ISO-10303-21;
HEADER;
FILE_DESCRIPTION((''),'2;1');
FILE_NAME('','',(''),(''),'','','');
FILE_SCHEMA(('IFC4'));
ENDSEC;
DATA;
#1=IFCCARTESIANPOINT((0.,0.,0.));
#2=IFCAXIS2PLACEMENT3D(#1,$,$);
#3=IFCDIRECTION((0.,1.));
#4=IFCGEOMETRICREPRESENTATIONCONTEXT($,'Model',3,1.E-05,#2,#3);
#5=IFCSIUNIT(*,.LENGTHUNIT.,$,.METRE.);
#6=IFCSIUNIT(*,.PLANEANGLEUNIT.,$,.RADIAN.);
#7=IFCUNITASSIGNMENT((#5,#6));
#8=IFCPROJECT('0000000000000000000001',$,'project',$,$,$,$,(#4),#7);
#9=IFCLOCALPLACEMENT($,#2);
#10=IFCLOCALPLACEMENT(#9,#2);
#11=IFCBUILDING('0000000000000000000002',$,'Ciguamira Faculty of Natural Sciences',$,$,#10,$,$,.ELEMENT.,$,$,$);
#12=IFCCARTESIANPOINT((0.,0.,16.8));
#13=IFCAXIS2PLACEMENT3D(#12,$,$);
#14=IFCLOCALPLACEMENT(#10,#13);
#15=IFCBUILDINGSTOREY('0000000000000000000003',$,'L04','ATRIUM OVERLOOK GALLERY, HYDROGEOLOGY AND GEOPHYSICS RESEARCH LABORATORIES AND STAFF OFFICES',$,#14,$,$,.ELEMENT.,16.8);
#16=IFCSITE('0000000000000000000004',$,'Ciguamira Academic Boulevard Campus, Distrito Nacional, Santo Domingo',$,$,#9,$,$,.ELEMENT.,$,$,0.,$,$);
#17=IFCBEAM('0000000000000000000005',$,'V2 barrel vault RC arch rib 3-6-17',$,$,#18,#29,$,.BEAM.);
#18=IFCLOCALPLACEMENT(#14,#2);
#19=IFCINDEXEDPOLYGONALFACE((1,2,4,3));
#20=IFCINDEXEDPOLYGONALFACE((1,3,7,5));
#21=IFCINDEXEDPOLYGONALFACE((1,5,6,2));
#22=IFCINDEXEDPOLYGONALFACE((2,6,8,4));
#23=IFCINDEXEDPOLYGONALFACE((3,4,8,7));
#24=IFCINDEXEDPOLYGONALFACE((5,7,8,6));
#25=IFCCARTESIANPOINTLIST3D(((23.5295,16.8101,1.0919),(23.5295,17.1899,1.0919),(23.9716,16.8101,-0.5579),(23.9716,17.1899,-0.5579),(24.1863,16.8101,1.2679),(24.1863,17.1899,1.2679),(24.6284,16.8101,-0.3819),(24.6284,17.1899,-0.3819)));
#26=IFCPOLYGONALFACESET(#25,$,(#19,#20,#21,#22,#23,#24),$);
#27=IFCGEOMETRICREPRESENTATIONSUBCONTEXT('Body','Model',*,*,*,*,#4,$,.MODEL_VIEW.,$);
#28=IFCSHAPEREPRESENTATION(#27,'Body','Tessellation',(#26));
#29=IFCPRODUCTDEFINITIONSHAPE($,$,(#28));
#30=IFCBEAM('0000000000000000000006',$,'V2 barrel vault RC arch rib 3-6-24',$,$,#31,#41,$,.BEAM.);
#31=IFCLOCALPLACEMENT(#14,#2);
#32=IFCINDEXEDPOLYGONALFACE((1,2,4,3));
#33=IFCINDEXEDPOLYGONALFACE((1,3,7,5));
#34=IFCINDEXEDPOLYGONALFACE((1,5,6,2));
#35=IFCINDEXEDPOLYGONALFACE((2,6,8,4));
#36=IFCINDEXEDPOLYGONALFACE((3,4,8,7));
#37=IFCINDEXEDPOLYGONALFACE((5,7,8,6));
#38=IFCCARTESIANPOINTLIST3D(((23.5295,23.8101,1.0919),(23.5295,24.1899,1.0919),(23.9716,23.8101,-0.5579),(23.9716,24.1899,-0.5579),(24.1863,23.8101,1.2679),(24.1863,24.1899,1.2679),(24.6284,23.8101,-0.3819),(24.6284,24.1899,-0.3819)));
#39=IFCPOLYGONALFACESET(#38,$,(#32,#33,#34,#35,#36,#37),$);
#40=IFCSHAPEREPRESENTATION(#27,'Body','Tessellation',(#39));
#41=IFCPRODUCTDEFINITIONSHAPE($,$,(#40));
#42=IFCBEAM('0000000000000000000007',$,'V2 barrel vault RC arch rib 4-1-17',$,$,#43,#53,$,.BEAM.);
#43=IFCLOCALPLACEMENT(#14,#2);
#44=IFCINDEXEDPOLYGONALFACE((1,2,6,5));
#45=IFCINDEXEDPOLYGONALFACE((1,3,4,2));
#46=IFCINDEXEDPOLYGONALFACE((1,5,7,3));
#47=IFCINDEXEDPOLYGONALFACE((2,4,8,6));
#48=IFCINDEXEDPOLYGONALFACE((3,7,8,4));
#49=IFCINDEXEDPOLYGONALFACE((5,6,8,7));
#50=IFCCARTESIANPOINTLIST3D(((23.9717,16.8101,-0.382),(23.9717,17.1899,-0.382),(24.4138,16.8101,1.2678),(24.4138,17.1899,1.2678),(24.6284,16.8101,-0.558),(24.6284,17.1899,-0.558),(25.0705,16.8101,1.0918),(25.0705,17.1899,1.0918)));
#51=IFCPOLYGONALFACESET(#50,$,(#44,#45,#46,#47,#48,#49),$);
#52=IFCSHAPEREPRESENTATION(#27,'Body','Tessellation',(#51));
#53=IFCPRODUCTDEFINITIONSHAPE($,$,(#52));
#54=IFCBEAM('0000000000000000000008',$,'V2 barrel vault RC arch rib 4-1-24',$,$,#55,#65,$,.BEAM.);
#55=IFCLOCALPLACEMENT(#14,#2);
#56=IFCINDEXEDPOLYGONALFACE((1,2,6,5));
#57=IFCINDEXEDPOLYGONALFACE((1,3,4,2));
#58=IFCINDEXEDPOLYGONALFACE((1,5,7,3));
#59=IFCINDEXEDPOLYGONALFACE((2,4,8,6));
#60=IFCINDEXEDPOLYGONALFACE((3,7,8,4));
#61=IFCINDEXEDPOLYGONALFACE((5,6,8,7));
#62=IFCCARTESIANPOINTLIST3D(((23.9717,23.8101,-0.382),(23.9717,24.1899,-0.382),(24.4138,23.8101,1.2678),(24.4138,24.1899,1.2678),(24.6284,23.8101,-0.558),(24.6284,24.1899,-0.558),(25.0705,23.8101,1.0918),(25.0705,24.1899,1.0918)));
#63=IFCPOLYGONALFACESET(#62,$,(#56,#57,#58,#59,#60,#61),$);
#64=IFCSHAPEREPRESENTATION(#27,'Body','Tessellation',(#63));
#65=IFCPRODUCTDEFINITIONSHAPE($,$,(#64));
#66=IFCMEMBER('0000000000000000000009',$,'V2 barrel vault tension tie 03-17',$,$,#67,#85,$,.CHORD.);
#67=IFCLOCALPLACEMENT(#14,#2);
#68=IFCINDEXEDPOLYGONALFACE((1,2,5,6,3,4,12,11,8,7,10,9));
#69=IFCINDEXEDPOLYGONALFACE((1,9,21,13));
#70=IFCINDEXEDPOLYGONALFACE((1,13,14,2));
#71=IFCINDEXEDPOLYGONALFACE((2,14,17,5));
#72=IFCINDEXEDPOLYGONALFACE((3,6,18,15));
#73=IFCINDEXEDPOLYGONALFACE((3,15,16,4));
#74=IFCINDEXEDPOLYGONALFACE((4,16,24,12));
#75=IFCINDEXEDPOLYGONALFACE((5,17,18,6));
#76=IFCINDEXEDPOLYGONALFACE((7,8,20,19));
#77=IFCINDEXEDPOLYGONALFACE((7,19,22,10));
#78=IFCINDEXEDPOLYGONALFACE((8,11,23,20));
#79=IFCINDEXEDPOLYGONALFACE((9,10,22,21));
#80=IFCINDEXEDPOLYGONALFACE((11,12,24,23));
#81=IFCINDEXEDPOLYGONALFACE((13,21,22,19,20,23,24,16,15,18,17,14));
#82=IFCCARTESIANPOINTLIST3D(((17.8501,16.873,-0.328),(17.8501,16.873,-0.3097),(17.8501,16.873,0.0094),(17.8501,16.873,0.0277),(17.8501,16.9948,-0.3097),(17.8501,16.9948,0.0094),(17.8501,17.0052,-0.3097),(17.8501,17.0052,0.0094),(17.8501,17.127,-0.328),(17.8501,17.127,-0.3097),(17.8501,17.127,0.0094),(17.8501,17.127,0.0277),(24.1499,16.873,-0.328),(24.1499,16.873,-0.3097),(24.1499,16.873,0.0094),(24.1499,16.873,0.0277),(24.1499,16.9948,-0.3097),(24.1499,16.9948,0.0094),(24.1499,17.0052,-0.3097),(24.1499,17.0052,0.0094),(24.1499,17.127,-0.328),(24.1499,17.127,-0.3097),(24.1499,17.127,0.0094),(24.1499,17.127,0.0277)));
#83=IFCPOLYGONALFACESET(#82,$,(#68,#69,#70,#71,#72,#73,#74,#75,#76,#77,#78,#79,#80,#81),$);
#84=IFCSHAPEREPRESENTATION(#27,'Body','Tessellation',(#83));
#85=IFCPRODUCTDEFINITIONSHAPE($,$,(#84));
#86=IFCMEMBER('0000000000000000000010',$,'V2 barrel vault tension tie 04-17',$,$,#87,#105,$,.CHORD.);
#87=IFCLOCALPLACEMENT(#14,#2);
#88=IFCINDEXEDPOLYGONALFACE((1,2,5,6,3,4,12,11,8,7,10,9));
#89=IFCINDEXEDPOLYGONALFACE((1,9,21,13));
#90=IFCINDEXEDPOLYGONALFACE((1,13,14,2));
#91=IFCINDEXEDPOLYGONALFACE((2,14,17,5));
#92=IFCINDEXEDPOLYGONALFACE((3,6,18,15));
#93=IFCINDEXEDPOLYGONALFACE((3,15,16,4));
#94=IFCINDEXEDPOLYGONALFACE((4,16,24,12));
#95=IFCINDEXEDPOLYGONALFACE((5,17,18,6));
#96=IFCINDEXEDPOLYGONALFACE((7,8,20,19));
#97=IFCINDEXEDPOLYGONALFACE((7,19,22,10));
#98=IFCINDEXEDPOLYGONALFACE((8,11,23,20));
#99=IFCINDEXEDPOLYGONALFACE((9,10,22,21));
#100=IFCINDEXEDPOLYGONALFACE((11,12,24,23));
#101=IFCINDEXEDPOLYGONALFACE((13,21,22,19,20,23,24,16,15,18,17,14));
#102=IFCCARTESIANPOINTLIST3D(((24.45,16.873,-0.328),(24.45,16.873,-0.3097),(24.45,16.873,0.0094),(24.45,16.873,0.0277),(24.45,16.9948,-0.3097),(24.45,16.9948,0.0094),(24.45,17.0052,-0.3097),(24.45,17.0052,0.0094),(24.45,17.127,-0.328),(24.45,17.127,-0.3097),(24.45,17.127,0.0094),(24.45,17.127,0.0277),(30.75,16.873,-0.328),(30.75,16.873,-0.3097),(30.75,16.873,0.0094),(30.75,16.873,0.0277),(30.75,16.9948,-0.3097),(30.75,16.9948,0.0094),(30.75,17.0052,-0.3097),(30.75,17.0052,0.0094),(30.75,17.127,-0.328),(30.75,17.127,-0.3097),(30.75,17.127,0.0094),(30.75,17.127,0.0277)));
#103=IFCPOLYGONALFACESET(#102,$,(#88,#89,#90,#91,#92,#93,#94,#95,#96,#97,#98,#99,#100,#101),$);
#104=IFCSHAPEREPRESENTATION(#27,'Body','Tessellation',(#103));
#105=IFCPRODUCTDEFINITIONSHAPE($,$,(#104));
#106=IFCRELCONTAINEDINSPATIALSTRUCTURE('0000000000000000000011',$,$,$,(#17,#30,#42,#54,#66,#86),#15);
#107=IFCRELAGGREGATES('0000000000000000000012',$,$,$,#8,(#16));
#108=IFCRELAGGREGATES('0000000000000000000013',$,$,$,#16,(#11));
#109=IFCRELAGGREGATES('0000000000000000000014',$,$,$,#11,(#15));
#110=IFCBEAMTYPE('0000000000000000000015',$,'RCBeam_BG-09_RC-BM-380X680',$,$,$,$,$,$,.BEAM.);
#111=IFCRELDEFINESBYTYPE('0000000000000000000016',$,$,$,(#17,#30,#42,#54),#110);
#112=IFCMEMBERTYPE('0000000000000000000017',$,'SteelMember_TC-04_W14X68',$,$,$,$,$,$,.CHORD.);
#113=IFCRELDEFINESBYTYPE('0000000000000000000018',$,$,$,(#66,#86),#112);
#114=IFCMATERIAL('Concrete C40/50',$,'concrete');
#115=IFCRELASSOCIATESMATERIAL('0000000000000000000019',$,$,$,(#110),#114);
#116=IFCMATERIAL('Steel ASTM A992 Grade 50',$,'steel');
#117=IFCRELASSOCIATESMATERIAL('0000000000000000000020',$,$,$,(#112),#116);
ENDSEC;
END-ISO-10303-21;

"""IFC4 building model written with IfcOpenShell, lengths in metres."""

from ifc_helpers import new_model, si_unit, direction, frame, origin, origin_2d, place, context, subcontext, project, spatial, rectangle, i_section, extrude, material, material_profile, profile_set, type_object, element, save


model = new_model("IFC4")

# Units and contexts
model_context = context("Model", 3, precision=1e-05, world=origin(), true_north=direction((0.0, 1.0)))
body_context = subcontext(model_context, "Body", "Model", "MODEL_VIEW")
ifc_project = project(units=[si_unit("LENGTHUNIT", "METRE"), si_unit("PLANEANGLEUNIT", "RADIAN")], contexts=[model_context])

# Site, building, storey
site_placement = place(None, origin())
site = spatial("IfcSite", under=ifc_project, at=site_placement, Name="Ciguamira Academic Boulevard Campus, Distrito Nacional, Santo Domingo", CompositionType="ELEMENT", RefElevation=0.0)
building_placement = place(site_placement, origin())
building = spatial("IfcBuilding", under=site, at=building_placement, Name="Ciguamira Faculty of Natural Sciences", CompositionType="ELEMENT")
storey_placement = place(building_placement, frame((0.0, 0.0, 16.8)))
storey = spatial("IfcBuildingStorey", under=building, at=storey_placement, Name="L04", Description="ATRIUM OVERLOOK GALLERY, HYDROGEOLOGY AND GEOPHYSICS RESEARCH LABORATORIES AND STAFF OFFICES", CompositionType="ELEMENT", Elevation=16.8)

# Beams
ifc_material_1 = material(Name="Concrete C40/50", Category="concrete")
ifc_material_profile_1 = material_profile(ifc_material_1, rectangle(XDim=0.3799, YDim=0.6799, at=origin_2d()), Name="RC-BM-380X680")
ifc_profile_set_1 = profile_set([ifc_material_profile_1], Name="Concrete C40/50")
beam_type_1 = type_object("IfcBeamType", Name="RCBeam_BG-09_RC-BM-380X680", PredefinedType="BEAM", material=ifc_profile_set_1)
for number, where, z_axis, x_axis, name in (
    (1, (23.8579, 17.0, 1.1799), (0.258846, 0.0, -0.965919), (0.0, 1.0, 0.0), "V2 barrel vault RC arch rib 3-6-17"),
    (2, (23.8579, 24.0, 1.1799), (0.258846, 0.0, -0.965919), (0.0, 1.0, 0.0), "V2 barrel vault RC arch rib 3-6-24"),
    (3, (24.3, 17.0, -0.47), (0.258846, 0.0, 0.965919), (0.0, 1.0, 0.0), "V2 barrel vault RC arch rib 4-1-17"),
    (4, (24.3, 24.0, -0.47), (0.258846, 0.0, 0.965919), (0.0, 1.0, 0.0), "V2 barrel vault RC arch rib 4-1-24"),
):
    element("IfcBeam", number, at=place(storey_placement, frame(where, z_axis=z_axis, x_axis=x_axis)), inside=storey, type_object=beam_type_1, Name=name, PredefinedType="BEAM", context=body_context, shape_type="SweptSolid", body=[
        extrude(rectangle(XDim=0.3799, YDim=0.6799, at=origin_2d()), origin(), (0.0, 0.0, 1.0), 1.708),
    ])

# Members
ifc_material_2 = material(Name="Steel ASTM A992 Grade 50", Category="steel")
ifc_material_profile_2 = material_profile(ifc_material_2, i_section(OverallWidth=0.2539, OverallDepth=0.3557, WebThickness=0.0105, FlangeThickness=0.0183, at=origin_2d()), Name="W14X68")
ifc_profile_set_2 = profile_set([ifc_material_profile_2], Name="Steel ASTM A992 Grade 50")
member_type = type_object("IfcMemberType", Name="SteelMember_TC-04_W14X68", PredefinedType="CHORD", material=ifc_profile_set_2)
member_1_placement = place(storey_placement, frame((17.8501, 17.0, -0.1501), z_axis=(1.0, 0.0, 0.0), x_axis=(0.0, 1.0, 0.0)))
element("IfcMember", 5, at=member_1_placement, inside=storey, type_object=member_type, Name="V2 barrel vault tension tie 03-17", PredefinedType="CHORD", context=body_context, shape_type="SweptSolid", body=[
    extrude(i_section(OverallWidth=0.2539, OverallDepth=0.3557, WebThickness=0.0105, FlangeThickness=0.0183, at=origin_2d()), origin(), (0.0, 0.0, 1.0), 6.2998),
])
member_2_placement = place(storey_placement, frame((24.45, 17.0, -0.1501), z_axis=(1.0, 0.0, 0.0), x_axis=(0.0, 1.0, 0.0)))
element("IfcMember", 6, at=member_2_placement, inside=storey, type_object=member_type, Name="V2 barrel vault tension tie 04-17", PredefinedType="CHORD", context=body_context, shape_type="SweptSolid", body=[
    extrude(i_section(OverallWidth=0.2539, OverallDepth=0.3557, WebThickness=0.0105, FlangeThickness=0.0183, at=origin_2d()), origin(), (0.0, 0.0, 1.0), 6.3),
])

save(model, "model.ifc")
